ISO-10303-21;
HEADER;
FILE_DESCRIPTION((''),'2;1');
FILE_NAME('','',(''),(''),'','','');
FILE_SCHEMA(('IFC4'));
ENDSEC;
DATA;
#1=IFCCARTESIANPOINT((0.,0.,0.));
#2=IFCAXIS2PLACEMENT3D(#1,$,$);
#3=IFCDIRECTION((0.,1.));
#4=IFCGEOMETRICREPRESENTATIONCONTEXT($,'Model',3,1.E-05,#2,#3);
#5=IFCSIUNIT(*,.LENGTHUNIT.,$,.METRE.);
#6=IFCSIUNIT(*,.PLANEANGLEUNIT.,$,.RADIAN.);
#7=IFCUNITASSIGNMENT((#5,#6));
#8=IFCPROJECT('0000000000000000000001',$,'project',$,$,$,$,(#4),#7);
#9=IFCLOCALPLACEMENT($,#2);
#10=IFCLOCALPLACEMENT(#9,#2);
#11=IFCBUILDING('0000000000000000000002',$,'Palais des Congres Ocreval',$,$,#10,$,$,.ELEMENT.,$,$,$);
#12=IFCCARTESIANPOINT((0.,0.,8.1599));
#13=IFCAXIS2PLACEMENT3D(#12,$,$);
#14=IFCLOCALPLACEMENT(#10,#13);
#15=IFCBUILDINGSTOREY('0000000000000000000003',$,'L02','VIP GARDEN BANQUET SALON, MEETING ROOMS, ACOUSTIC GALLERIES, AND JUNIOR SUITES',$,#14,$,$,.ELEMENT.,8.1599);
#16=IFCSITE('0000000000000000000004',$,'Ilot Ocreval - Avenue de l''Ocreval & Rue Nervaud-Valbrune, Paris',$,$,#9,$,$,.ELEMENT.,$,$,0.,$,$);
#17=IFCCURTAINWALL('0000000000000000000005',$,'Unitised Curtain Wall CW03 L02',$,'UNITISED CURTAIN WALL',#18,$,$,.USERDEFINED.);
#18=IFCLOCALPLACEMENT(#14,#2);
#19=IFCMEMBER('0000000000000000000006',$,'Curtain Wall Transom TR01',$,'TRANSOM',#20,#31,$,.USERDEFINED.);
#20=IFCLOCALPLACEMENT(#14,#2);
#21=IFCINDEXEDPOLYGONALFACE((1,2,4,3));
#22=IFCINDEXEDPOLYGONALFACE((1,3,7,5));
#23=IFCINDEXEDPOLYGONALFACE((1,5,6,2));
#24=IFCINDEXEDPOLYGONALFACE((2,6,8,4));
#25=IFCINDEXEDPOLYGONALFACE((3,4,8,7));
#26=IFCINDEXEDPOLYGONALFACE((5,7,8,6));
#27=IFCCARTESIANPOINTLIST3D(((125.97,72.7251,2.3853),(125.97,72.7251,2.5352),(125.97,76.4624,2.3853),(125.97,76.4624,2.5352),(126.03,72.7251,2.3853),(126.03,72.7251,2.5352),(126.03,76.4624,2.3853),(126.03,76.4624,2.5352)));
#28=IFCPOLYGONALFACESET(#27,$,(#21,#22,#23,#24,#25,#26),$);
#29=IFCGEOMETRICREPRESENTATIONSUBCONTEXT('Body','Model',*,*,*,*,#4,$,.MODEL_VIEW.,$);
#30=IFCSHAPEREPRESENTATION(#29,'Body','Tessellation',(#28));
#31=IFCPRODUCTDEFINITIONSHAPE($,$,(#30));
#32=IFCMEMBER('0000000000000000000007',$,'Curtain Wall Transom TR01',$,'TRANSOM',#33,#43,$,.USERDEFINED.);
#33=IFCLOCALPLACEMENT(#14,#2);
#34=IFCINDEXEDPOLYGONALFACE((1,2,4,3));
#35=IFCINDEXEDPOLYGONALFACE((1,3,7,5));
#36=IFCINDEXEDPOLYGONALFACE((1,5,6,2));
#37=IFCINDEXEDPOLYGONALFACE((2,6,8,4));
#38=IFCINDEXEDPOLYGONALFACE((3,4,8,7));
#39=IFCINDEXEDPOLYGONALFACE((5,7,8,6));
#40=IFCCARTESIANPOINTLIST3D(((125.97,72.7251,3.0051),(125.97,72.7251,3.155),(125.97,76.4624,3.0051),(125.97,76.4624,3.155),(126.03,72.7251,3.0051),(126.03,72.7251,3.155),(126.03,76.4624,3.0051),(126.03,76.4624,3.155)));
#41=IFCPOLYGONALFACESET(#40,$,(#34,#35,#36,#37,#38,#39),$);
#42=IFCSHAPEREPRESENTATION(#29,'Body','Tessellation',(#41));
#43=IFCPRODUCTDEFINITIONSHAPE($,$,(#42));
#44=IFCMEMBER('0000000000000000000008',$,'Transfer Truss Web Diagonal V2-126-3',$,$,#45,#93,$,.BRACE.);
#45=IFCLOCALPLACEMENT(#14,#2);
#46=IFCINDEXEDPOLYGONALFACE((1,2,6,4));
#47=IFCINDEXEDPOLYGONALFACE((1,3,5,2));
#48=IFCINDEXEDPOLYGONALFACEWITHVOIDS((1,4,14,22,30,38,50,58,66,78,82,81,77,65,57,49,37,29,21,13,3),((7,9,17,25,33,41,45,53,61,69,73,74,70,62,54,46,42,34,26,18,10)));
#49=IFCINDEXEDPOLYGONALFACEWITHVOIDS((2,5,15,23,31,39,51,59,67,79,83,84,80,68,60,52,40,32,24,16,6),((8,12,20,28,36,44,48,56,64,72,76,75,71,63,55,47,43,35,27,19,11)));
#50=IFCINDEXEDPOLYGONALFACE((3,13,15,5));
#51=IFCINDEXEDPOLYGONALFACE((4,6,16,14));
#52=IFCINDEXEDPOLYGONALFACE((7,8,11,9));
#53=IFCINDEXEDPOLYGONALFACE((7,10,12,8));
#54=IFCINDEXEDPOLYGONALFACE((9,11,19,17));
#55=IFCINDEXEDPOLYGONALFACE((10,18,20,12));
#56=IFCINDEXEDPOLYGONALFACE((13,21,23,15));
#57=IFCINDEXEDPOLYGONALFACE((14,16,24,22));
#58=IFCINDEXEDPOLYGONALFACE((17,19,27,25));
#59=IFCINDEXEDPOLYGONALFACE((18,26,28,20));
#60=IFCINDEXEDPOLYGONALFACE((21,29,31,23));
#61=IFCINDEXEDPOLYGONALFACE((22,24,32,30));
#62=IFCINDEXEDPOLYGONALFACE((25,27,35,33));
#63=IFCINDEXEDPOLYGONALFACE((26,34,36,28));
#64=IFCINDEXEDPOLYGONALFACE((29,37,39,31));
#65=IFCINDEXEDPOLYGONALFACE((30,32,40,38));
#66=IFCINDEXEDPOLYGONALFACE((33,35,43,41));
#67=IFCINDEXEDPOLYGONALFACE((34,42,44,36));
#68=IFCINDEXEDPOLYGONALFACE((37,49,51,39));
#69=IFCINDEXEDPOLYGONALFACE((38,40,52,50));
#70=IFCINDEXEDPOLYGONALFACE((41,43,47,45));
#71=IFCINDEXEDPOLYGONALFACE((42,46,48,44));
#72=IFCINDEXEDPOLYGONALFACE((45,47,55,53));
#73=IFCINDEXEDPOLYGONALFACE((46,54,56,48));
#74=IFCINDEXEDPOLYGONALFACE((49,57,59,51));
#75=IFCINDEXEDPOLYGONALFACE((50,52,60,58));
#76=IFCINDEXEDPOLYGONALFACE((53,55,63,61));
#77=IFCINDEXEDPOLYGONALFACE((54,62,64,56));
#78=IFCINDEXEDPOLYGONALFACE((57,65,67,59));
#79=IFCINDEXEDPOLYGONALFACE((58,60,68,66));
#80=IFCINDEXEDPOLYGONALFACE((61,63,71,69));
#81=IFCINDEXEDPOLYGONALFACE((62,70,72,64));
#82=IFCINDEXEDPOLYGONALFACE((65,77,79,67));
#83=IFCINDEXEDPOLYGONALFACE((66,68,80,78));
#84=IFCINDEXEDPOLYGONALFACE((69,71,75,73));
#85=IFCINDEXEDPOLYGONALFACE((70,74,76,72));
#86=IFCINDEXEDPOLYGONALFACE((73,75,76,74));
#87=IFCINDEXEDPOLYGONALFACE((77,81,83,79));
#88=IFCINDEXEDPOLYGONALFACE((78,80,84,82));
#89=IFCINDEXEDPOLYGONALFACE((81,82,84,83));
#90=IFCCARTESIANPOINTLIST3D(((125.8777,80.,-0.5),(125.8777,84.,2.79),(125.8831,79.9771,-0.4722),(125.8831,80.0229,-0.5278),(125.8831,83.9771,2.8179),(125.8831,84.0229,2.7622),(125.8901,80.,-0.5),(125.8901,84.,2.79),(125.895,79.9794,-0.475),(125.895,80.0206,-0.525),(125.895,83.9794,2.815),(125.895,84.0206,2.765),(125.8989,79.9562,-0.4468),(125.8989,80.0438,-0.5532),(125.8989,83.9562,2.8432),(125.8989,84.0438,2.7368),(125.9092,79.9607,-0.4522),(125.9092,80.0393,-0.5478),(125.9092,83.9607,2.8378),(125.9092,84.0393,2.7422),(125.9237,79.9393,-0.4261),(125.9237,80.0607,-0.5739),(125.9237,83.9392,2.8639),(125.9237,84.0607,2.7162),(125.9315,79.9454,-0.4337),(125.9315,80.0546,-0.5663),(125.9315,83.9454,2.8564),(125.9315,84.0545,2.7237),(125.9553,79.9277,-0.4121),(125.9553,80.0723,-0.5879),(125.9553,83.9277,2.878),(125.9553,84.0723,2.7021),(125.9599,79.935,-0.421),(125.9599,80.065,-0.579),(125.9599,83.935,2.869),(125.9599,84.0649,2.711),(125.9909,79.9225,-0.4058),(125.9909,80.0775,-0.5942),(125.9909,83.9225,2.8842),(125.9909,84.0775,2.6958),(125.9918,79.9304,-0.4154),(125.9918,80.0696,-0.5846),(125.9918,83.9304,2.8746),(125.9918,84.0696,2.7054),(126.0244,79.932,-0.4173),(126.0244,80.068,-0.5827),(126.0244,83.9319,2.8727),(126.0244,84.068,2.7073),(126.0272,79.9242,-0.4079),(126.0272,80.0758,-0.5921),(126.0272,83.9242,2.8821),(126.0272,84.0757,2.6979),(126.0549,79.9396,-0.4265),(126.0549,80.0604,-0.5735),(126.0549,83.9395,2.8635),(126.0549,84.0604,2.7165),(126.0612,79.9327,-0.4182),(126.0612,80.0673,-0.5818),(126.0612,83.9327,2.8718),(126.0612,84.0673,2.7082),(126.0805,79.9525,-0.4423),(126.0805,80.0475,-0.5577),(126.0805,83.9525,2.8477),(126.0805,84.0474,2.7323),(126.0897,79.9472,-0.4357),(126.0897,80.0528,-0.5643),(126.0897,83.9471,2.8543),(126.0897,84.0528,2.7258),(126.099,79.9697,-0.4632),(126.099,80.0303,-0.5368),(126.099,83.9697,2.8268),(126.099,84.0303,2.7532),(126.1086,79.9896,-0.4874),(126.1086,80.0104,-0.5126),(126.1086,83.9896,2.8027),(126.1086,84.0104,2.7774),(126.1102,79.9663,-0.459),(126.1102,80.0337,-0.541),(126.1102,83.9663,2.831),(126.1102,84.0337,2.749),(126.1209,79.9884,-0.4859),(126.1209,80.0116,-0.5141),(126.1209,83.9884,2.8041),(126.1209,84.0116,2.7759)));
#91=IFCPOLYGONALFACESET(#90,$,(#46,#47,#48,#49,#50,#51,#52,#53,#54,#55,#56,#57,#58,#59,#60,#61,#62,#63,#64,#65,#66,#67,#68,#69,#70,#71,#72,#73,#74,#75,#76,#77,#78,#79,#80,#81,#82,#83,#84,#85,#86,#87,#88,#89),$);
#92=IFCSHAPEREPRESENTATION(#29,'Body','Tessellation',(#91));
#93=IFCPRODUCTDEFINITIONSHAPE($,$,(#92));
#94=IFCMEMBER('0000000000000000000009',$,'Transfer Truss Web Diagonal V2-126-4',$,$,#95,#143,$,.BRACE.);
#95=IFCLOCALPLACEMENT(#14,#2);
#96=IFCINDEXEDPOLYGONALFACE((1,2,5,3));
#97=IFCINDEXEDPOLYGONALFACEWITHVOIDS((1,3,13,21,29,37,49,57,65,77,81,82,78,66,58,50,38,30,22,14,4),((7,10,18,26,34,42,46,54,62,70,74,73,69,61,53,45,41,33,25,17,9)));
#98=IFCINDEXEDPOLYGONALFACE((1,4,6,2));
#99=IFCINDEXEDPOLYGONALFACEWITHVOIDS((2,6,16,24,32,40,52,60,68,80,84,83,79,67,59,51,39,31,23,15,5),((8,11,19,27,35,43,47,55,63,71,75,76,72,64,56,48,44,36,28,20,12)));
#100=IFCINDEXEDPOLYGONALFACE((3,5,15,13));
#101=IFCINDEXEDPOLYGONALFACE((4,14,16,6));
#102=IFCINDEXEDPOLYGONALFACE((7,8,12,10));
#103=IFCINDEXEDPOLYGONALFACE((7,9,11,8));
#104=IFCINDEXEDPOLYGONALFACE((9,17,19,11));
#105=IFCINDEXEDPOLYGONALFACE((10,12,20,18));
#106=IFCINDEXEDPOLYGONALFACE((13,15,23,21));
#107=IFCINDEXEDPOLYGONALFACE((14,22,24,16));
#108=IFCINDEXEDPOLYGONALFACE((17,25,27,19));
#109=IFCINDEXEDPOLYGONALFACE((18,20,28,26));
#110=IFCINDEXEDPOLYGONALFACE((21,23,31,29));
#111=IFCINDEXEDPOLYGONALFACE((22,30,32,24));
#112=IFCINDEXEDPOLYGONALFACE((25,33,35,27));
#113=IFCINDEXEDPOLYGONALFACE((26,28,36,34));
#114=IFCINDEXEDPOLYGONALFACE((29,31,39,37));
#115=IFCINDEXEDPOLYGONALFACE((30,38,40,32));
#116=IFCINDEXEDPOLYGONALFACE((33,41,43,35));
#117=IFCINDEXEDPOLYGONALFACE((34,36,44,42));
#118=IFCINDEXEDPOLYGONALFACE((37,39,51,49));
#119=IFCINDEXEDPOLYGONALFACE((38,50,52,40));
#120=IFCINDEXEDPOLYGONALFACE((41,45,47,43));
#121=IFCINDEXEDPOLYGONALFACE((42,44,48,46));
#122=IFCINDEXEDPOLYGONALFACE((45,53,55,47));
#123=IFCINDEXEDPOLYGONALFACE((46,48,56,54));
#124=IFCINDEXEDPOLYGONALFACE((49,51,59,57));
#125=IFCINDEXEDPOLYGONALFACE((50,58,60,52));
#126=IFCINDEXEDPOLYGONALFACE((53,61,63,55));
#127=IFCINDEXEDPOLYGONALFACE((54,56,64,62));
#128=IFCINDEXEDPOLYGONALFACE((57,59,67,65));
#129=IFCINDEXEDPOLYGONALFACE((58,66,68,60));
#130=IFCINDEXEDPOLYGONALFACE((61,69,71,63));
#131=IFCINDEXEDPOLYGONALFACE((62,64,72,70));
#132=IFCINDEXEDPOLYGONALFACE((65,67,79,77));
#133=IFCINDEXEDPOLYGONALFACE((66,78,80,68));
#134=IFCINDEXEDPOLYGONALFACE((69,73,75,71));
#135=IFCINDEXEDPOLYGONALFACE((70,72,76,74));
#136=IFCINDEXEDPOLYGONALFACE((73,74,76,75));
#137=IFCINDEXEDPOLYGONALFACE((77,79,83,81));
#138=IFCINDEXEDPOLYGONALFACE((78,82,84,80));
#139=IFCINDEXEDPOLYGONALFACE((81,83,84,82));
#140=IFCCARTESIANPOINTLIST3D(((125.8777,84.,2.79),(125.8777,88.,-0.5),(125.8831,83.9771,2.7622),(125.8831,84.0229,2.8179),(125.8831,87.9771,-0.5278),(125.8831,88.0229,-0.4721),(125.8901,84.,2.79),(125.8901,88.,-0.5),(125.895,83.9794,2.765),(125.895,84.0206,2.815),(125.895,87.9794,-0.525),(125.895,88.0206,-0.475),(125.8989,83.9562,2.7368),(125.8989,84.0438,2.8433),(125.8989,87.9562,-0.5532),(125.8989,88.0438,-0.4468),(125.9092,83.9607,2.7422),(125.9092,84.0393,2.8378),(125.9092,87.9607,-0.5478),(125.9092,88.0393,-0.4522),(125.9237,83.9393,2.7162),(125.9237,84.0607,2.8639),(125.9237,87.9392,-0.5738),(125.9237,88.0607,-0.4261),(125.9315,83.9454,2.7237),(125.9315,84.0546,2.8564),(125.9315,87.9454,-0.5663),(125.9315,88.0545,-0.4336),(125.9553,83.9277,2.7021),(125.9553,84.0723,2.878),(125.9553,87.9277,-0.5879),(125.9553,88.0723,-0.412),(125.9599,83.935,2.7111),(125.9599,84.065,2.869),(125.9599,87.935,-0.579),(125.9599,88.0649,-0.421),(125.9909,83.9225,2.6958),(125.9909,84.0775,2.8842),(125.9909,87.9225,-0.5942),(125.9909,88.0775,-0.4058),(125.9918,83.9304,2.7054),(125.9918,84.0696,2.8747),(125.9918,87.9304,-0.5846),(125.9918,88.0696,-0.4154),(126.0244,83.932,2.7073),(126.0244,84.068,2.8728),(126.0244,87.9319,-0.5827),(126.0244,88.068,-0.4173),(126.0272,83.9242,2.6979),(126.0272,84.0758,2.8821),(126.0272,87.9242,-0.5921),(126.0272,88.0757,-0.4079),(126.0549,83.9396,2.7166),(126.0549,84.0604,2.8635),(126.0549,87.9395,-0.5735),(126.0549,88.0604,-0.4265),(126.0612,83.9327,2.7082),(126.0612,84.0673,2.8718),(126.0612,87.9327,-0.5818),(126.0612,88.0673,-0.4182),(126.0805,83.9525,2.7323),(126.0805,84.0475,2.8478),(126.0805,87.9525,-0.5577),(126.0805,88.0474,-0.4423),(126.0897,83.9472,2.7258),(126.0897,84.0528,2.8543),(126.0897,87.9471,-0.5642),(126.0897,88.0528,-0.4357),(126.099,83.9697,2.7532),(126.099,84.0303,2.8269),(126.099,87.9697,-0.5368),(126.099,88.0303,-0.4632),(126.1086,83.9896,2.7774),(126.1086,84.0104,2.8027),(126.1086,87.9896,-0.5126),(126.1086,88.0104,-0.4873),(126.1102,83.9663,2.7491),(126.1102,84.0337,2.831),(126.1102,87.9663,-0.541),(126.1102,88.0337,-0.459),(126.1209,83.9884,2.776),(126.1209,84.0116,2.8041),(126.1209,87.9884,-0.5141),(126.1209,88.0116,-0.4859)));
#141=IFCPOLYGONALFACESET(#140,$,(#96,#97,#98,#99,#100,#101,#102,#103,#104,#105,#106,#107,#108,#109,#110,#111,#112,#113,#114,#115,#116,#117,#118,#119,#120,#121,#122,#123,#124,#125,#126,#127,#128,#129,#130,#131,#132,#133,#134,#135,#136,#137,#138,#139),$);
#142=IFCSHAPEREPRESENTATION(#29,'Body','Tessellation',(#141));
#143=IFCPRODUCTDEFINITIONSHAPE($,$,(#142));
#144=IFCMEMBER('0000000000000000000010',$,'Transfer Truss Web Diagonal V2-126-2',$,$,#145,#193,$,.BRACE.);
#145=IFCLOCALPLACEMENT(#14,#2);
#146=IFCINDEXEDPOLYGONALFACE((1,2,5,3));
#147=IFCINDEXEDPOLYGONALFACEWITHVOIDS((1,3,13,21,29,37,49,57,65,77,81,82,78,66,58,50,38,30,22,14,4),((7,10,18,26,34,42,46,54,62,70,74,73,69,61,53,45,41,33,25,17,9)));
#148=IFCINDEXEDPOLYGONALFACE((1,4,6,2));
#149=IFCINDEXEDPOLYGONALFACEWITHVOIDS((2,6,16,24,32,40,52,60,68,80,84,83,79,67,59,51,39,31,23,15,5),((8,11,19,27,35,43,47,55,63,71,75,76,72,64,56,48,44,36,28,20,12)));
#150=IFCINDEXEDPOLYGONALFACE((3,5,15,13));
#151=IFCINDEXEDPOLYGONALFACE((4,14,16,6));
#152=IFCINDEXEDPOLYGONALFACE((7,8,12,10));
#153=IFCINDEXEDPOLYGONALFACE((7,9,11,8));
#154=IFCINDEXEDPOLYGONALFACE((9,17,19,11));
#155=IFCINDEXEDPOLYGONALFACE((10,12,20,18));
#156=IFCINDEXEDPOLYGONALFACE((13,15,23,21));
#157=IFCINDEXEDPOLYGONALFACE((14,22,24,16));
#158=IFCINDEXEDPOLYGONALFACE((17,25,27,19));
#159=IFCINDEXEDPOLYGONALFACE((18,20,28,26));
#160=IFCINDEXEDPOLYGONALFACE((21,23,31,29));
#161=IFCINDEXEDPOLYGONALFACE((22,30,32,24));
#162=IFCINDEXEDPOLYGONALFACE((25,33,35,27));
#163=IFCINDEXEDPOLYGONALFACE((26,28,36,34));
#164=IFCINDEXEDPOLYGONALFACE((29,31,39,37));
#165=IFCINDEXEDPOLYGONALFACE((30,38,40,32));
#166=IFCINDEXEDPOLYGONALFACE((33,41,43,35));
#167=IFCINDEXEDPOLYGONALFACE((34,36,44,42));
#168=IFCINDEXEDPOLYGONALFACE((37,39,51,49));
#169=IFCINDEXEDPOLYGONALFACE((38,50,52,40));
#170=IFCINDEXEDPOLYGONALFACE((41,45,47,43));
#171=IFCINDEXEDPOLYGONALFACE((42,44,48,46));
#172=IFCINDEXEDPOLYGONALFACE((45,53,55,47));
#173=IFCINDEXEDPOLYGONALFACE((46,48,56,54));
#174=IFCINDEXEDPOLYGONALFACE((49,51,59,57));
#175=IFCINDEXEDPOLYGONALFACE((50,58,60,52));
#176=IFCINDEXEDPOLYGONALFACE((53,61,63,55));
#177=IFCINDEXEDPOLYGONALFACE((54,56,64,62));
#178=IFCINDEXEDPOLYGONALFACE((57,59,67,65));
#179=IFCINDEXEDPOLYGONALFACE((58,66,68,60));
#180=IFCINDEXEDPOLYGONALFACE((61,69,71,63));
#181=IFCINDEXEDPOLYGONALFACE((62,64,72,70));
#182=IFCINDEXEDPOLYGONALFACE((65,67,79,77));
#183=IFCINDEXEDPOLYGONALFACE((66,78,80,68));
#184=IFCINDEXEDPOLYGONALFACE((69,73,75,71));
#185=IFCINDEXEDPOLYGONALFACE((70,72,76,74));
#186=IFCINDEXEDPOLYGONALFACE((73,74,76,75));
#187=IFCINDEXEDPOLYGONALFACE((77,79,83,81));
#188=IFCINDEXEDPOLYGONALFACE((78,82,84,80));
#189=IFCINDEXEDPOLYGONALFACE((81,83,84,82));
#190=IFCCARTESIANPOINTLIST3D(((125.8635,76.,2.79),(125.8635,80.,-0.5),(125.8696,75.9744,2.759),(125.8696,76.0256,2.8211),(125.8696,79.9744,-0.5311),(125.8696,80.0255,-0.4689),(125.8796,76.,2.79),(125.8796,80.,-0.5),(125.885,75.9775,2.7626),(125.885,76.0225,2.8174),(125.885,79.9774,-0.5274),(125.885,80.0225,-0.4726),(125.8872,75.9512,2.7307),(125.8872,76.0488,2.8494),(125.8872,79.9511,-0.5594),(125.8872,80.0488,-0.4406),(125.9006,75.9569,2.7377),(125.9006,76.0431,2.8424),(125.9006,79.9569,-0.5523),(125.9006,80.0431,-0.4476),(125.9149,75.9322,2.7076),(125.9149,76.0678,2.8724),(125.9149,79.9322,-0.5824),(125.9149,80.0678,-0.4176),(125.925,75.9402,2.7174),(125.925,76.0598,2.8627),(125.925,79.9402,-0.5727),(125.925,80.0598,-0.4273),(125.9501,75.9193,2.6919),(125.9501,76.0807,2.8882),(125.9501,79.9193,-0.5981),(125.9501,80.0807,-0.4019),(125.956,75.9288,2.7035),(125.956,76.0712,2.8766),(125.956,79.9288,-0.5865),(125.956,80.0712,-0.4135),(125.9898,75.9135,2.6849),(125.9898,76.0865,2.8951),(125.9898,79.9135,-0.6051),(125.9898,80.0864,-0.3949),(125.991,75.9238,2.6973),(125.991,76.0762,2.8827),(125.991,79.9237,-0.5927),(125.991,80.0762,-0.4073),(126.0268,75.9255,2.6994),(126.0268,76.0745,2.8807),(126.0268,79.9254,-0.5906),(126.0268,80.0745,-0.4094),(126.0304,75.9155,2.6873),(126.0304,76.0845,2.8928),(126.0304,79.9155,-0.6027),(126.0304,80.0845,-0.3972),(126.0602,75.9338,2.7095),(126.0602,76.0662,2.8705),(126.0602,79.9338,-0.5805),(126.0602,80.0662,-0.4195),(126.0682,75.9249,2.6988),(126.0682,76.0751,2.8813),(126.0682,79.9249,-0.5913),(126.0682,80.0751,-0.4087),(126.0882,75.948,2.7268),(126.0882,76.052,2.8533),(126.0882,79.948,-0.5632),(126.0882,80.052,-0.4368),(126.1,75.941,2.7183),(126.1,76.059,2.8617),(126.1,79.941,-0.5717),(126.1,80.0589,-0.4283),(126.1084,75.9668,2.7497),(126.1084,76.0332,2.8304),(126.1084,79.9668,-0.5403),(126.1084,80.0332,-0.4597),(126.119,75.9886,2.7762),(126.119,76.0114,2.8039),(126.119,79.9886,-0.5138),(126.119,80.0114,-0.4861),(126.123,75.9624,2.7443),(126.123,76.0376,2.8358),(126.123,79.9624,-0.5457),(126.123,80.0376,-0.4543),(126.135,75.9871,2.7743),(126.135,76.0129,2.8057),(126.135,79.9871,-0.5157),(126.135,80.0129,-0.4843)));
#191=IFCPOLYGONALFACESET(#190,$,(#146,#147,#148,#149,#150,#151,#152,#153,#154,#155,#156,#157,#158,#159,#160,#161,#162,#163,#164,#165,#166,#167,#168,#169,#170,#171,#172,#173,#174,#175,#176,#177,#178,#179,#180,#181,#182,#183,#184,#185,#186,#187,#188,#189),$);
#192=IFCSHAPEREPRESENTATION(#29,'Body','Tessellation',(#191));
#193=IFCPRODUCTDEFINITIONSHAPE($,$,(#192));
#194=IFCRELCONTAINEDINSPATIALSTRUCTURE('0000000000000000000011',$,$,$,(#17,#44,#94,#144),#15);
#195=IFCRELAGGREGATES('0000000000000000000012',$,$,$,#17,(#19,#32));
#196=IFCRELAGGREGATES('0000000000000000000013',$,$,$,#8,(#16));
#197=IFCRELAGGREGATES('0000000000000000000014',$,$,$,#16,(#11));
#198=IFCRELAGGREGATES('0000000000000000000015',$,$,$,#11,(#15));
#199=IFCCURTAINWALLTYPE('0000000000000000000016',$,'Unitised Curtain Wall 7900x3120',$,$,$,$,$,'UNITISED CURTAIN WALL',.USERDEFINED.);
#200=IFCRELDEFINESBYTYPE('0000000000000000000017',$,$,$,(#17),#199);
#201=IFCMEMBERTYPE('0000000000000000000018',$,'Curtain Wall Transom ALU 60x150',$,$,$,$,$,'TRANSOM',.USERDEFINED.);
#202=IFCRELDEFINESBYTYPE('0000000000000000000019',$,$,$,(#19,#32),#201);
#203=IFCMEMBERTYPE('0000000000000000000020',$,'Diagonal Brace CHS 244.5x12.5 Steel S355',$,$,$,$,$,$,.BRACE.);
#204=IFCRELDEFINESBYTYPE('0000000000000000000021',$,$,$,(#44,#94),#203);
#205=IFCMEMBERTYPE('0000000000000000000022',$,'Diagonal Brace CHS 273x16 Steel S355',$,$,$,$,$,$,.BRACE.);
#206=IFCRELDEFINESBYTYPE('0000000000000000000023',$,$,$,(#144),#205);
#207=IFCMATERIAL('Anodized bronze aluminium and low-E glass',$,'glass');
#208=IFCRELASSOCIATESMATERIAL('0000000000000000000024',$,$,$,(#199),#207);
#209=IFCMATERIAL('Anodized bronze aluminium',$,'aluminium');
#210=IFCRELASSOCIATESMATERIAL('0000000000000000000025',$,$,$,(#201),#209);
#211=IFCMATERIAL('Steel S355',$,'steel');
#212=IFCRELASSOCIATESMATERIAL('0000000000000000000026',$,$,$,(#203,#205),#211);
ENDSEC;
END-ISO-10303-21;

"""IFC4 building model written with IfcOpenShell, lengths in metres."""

from ifc_helpers import new_model, si_unit, direction, frame, origin, origin_2d, place, context, subcontext, project, spatial, rectangle, hollow_circle, extrude, material, material_profile, profile_set, type_object, element, aggregate, save


model = new_model("IFC4")

# Units and contexts
model_context = context("Model", 3, precision=1e-05, world=origin(), true_north=direction((0.0, 1.0)))
body_context = subcontext(model_context, "Body", "Model", "MODEL_VIEW")
ifc_project = project(units=[si_unit("LENGTHUNIT", "METRE"), si_unit("PLANEANGLEUNIT", "RADIAN")], contexts=[model_context])

# Site, building, storey
site_placement = place(None, origin())
site = spatial("IfcSite", under=ifc_project, at=site_placement, Name="Ilot Ocreval - Avenue de l'Ocreval & Rue Nervaud-Valbrune, Paris", CompositionType="ELEMENT", RefElevation=0.0)
building_placement = place(site_placement, origin())
building = spatial("IfcBuilding", under=site, at=building_placement, Name="Palais des Congres Ocreval", CompositionType="ELEMENT")
storey_placement = place(building_placement, frame((0.0, 0.0, 8.1599)))
storey = spatial("IfcBuildingStorey", under=building, at=storey_placement, Name="L02", Description="VIP GARDEN BANQUET SALON, MEETING ROOMS, ACOUSTIC GALLERIES, AND JUNIOR SUITES", CompositionType="ELEMENT", Elevation=8.1599)

# Shared definitions
ifc_material_1 = material(Name="Anodized bronze aluminium and low-E glass", Category="glass")
curtain_wall_type = type_object("IfcCurtainWallType", Name="Unitised Curtain Wall 7900x3120", ElementType="UNITISED CURTAIN WALL", PredefinedType="USERDEFINED", material=ifc_material_1)
ifc_material_2 = material(Name="Anodized bronze aluminium", Category="aluminium")

# Curtain wall
curtain_wall_1_placement = place(storey_placement, origin())
curtain_wall_1 = element("IfcCurtainWall", 1, at=curtain_wall_1_placement, inside=storey, type_object=curtain_wall_type, Name="Unitised Curtain Wall CW03 L02", ObjectType="UNITISED CURTAIN WALL", PredefinedType="USERDEFINED")

# Members
ifc_material_profile_1 = material_profile(ifc_material_2, rectangle(XDim=0.0601, YDim=0.1499, at=origin_2d()), Name="ALU 60x150")
ifc_profile_set_1 = profile_set([ifc_material_profile_1], Name="Anodized bronze aluminium")
member_type_1 = type_object("IfcMemberType", Name="Curtain Wall Transom ALU 60x150", ElementType="TRANSOM", PredefinedType="USERDEFINED", material=ifc_profile_set_1)
member_1_placement = place(storey_placement, frame((126.0, 76.4624, 2.4602), z_axis=(0.0, -1.0, 0.0), x_axis=(1.0, 0.0, 0.0)))
member_1 = element("IfcMember", 2, at=member_1_placement, type_object=member_type_1, Name="Curtain Wall Transom TR01", ObjectType="TRANSOM", PredefinedType="USERDEFINED", context=body_context, shape_type="SweptSolid", body=[
    extrude(rectangle(XDim=0.0601, YDim=0.1499, at=origin_2d()), origin(), (0.0, 0.0, 1.0), 3.7373),
])
member_2_placement = place(storey_placement, frame((126.0, 76.4624, 3.0801), z_axis=(0.0, -1.0, 0.0), x_axis=(1.0, 0.0, 0.0)))
member_2 = element("IfcMember", 3, at=member_2_placement, type_object=member_type_1, Name="Curtain Wall Transom TR01", ObjectType="TRANSOM", PredefinedType="USERDEFINED", context=body_context, shape_type="SweptSolid", body=[
    extrude(rectangle(XDim=0.0601, YDim=0.1499, at=origin_2d()), origin(), (0.0, 0.0, 1.0), 3.7373),
])

# Members
ifc_material_3 = material(Name="Steel S355", Category="steel")
ifc_material_profile_2 = material_profile(ifc_material_3, hollow_circle(Radius=0.1223, WallThickness=0.0125, at=origin_2d()), Name="CHS 244.5x12.5")
ifc_profile_set_2 = profile_set([ifc_material_profile_2], Name="Steel S355")
member_type_2 = type_object("IfcMemberType", Name="Diagonal Brace CHS 244.5x12.5 Steel S355", PredefinedType="BRACE", material=ifc_profile_set_2)
for number, where, z_axis, x_axis, name in (
    (4, (126.0, 80.0, -0.5), (0.0, 0.772317, 0.635238), (-1.0, 0.0, 0.0), "Transfer Truss Web Diagonal V2-126-3"),
    (5, (126.0, 84.0, 2.79), (0.0, 0.772317, -0.635238), (-1.0, 0.0, 0.0), "Transfer Truss Web Diagonal V2-126-4"),
):
    element("IfcMember", number, at=place(storey_placement, frame(where, z_axis=z_axis, x_axis=x_axis)), inside=storey, type_object=member_type_2, Name=name, PredefinedType="BRACE", context=body_context, shape_type="SweptSolid", body=[
        extrude(hollow_circle(Radius=0.1223, WallThickness=0.0125, at=origin_2d()), origin(), (0.0, 0.0, 1.0), 5.1792),
    ])
ifc_material_profile_3 = material_profile(ifc_material_3, hollow_circle(Radius=0.1365, WallThickness=0.0161, at=origin_2d()), Name="CHS 273x16")
ifc_profile_set_3 = profile_set([ifc_material_profile_3], Name="Steel S355")
member_type_3 = type_object("IfcMemberType", Name="Diagonal Brace CHS 273x16 Steel S355", PredefinedType="BRACE", material=ifc_profile_set_3)
member_3_placement = place(storey_placement, frame((126.0, 76.0, 2.79), z_axis=(0.0, 0.772317, -0.635238), x_axis=(-1.0, 0.0, 0.0)))
element("IfcMember", 6, at=member_3_placement, inside=storey, type_object=member_type_3, Name="Transfer Truss Web Diagonal V2-126-2", PredefinedType="BRACE", context=body_context, shape_type="SweptSolid", body=[
    extrude(hollow_circle(Radius=0.1365, WallThickness=0.0161, at=origin_2d()), origin(), (0.0, 0.0, 1.0), 5.1792),
])

aggregate(curtain_wall_1, [member_1, member_2])

save(model, "model.ifc")
